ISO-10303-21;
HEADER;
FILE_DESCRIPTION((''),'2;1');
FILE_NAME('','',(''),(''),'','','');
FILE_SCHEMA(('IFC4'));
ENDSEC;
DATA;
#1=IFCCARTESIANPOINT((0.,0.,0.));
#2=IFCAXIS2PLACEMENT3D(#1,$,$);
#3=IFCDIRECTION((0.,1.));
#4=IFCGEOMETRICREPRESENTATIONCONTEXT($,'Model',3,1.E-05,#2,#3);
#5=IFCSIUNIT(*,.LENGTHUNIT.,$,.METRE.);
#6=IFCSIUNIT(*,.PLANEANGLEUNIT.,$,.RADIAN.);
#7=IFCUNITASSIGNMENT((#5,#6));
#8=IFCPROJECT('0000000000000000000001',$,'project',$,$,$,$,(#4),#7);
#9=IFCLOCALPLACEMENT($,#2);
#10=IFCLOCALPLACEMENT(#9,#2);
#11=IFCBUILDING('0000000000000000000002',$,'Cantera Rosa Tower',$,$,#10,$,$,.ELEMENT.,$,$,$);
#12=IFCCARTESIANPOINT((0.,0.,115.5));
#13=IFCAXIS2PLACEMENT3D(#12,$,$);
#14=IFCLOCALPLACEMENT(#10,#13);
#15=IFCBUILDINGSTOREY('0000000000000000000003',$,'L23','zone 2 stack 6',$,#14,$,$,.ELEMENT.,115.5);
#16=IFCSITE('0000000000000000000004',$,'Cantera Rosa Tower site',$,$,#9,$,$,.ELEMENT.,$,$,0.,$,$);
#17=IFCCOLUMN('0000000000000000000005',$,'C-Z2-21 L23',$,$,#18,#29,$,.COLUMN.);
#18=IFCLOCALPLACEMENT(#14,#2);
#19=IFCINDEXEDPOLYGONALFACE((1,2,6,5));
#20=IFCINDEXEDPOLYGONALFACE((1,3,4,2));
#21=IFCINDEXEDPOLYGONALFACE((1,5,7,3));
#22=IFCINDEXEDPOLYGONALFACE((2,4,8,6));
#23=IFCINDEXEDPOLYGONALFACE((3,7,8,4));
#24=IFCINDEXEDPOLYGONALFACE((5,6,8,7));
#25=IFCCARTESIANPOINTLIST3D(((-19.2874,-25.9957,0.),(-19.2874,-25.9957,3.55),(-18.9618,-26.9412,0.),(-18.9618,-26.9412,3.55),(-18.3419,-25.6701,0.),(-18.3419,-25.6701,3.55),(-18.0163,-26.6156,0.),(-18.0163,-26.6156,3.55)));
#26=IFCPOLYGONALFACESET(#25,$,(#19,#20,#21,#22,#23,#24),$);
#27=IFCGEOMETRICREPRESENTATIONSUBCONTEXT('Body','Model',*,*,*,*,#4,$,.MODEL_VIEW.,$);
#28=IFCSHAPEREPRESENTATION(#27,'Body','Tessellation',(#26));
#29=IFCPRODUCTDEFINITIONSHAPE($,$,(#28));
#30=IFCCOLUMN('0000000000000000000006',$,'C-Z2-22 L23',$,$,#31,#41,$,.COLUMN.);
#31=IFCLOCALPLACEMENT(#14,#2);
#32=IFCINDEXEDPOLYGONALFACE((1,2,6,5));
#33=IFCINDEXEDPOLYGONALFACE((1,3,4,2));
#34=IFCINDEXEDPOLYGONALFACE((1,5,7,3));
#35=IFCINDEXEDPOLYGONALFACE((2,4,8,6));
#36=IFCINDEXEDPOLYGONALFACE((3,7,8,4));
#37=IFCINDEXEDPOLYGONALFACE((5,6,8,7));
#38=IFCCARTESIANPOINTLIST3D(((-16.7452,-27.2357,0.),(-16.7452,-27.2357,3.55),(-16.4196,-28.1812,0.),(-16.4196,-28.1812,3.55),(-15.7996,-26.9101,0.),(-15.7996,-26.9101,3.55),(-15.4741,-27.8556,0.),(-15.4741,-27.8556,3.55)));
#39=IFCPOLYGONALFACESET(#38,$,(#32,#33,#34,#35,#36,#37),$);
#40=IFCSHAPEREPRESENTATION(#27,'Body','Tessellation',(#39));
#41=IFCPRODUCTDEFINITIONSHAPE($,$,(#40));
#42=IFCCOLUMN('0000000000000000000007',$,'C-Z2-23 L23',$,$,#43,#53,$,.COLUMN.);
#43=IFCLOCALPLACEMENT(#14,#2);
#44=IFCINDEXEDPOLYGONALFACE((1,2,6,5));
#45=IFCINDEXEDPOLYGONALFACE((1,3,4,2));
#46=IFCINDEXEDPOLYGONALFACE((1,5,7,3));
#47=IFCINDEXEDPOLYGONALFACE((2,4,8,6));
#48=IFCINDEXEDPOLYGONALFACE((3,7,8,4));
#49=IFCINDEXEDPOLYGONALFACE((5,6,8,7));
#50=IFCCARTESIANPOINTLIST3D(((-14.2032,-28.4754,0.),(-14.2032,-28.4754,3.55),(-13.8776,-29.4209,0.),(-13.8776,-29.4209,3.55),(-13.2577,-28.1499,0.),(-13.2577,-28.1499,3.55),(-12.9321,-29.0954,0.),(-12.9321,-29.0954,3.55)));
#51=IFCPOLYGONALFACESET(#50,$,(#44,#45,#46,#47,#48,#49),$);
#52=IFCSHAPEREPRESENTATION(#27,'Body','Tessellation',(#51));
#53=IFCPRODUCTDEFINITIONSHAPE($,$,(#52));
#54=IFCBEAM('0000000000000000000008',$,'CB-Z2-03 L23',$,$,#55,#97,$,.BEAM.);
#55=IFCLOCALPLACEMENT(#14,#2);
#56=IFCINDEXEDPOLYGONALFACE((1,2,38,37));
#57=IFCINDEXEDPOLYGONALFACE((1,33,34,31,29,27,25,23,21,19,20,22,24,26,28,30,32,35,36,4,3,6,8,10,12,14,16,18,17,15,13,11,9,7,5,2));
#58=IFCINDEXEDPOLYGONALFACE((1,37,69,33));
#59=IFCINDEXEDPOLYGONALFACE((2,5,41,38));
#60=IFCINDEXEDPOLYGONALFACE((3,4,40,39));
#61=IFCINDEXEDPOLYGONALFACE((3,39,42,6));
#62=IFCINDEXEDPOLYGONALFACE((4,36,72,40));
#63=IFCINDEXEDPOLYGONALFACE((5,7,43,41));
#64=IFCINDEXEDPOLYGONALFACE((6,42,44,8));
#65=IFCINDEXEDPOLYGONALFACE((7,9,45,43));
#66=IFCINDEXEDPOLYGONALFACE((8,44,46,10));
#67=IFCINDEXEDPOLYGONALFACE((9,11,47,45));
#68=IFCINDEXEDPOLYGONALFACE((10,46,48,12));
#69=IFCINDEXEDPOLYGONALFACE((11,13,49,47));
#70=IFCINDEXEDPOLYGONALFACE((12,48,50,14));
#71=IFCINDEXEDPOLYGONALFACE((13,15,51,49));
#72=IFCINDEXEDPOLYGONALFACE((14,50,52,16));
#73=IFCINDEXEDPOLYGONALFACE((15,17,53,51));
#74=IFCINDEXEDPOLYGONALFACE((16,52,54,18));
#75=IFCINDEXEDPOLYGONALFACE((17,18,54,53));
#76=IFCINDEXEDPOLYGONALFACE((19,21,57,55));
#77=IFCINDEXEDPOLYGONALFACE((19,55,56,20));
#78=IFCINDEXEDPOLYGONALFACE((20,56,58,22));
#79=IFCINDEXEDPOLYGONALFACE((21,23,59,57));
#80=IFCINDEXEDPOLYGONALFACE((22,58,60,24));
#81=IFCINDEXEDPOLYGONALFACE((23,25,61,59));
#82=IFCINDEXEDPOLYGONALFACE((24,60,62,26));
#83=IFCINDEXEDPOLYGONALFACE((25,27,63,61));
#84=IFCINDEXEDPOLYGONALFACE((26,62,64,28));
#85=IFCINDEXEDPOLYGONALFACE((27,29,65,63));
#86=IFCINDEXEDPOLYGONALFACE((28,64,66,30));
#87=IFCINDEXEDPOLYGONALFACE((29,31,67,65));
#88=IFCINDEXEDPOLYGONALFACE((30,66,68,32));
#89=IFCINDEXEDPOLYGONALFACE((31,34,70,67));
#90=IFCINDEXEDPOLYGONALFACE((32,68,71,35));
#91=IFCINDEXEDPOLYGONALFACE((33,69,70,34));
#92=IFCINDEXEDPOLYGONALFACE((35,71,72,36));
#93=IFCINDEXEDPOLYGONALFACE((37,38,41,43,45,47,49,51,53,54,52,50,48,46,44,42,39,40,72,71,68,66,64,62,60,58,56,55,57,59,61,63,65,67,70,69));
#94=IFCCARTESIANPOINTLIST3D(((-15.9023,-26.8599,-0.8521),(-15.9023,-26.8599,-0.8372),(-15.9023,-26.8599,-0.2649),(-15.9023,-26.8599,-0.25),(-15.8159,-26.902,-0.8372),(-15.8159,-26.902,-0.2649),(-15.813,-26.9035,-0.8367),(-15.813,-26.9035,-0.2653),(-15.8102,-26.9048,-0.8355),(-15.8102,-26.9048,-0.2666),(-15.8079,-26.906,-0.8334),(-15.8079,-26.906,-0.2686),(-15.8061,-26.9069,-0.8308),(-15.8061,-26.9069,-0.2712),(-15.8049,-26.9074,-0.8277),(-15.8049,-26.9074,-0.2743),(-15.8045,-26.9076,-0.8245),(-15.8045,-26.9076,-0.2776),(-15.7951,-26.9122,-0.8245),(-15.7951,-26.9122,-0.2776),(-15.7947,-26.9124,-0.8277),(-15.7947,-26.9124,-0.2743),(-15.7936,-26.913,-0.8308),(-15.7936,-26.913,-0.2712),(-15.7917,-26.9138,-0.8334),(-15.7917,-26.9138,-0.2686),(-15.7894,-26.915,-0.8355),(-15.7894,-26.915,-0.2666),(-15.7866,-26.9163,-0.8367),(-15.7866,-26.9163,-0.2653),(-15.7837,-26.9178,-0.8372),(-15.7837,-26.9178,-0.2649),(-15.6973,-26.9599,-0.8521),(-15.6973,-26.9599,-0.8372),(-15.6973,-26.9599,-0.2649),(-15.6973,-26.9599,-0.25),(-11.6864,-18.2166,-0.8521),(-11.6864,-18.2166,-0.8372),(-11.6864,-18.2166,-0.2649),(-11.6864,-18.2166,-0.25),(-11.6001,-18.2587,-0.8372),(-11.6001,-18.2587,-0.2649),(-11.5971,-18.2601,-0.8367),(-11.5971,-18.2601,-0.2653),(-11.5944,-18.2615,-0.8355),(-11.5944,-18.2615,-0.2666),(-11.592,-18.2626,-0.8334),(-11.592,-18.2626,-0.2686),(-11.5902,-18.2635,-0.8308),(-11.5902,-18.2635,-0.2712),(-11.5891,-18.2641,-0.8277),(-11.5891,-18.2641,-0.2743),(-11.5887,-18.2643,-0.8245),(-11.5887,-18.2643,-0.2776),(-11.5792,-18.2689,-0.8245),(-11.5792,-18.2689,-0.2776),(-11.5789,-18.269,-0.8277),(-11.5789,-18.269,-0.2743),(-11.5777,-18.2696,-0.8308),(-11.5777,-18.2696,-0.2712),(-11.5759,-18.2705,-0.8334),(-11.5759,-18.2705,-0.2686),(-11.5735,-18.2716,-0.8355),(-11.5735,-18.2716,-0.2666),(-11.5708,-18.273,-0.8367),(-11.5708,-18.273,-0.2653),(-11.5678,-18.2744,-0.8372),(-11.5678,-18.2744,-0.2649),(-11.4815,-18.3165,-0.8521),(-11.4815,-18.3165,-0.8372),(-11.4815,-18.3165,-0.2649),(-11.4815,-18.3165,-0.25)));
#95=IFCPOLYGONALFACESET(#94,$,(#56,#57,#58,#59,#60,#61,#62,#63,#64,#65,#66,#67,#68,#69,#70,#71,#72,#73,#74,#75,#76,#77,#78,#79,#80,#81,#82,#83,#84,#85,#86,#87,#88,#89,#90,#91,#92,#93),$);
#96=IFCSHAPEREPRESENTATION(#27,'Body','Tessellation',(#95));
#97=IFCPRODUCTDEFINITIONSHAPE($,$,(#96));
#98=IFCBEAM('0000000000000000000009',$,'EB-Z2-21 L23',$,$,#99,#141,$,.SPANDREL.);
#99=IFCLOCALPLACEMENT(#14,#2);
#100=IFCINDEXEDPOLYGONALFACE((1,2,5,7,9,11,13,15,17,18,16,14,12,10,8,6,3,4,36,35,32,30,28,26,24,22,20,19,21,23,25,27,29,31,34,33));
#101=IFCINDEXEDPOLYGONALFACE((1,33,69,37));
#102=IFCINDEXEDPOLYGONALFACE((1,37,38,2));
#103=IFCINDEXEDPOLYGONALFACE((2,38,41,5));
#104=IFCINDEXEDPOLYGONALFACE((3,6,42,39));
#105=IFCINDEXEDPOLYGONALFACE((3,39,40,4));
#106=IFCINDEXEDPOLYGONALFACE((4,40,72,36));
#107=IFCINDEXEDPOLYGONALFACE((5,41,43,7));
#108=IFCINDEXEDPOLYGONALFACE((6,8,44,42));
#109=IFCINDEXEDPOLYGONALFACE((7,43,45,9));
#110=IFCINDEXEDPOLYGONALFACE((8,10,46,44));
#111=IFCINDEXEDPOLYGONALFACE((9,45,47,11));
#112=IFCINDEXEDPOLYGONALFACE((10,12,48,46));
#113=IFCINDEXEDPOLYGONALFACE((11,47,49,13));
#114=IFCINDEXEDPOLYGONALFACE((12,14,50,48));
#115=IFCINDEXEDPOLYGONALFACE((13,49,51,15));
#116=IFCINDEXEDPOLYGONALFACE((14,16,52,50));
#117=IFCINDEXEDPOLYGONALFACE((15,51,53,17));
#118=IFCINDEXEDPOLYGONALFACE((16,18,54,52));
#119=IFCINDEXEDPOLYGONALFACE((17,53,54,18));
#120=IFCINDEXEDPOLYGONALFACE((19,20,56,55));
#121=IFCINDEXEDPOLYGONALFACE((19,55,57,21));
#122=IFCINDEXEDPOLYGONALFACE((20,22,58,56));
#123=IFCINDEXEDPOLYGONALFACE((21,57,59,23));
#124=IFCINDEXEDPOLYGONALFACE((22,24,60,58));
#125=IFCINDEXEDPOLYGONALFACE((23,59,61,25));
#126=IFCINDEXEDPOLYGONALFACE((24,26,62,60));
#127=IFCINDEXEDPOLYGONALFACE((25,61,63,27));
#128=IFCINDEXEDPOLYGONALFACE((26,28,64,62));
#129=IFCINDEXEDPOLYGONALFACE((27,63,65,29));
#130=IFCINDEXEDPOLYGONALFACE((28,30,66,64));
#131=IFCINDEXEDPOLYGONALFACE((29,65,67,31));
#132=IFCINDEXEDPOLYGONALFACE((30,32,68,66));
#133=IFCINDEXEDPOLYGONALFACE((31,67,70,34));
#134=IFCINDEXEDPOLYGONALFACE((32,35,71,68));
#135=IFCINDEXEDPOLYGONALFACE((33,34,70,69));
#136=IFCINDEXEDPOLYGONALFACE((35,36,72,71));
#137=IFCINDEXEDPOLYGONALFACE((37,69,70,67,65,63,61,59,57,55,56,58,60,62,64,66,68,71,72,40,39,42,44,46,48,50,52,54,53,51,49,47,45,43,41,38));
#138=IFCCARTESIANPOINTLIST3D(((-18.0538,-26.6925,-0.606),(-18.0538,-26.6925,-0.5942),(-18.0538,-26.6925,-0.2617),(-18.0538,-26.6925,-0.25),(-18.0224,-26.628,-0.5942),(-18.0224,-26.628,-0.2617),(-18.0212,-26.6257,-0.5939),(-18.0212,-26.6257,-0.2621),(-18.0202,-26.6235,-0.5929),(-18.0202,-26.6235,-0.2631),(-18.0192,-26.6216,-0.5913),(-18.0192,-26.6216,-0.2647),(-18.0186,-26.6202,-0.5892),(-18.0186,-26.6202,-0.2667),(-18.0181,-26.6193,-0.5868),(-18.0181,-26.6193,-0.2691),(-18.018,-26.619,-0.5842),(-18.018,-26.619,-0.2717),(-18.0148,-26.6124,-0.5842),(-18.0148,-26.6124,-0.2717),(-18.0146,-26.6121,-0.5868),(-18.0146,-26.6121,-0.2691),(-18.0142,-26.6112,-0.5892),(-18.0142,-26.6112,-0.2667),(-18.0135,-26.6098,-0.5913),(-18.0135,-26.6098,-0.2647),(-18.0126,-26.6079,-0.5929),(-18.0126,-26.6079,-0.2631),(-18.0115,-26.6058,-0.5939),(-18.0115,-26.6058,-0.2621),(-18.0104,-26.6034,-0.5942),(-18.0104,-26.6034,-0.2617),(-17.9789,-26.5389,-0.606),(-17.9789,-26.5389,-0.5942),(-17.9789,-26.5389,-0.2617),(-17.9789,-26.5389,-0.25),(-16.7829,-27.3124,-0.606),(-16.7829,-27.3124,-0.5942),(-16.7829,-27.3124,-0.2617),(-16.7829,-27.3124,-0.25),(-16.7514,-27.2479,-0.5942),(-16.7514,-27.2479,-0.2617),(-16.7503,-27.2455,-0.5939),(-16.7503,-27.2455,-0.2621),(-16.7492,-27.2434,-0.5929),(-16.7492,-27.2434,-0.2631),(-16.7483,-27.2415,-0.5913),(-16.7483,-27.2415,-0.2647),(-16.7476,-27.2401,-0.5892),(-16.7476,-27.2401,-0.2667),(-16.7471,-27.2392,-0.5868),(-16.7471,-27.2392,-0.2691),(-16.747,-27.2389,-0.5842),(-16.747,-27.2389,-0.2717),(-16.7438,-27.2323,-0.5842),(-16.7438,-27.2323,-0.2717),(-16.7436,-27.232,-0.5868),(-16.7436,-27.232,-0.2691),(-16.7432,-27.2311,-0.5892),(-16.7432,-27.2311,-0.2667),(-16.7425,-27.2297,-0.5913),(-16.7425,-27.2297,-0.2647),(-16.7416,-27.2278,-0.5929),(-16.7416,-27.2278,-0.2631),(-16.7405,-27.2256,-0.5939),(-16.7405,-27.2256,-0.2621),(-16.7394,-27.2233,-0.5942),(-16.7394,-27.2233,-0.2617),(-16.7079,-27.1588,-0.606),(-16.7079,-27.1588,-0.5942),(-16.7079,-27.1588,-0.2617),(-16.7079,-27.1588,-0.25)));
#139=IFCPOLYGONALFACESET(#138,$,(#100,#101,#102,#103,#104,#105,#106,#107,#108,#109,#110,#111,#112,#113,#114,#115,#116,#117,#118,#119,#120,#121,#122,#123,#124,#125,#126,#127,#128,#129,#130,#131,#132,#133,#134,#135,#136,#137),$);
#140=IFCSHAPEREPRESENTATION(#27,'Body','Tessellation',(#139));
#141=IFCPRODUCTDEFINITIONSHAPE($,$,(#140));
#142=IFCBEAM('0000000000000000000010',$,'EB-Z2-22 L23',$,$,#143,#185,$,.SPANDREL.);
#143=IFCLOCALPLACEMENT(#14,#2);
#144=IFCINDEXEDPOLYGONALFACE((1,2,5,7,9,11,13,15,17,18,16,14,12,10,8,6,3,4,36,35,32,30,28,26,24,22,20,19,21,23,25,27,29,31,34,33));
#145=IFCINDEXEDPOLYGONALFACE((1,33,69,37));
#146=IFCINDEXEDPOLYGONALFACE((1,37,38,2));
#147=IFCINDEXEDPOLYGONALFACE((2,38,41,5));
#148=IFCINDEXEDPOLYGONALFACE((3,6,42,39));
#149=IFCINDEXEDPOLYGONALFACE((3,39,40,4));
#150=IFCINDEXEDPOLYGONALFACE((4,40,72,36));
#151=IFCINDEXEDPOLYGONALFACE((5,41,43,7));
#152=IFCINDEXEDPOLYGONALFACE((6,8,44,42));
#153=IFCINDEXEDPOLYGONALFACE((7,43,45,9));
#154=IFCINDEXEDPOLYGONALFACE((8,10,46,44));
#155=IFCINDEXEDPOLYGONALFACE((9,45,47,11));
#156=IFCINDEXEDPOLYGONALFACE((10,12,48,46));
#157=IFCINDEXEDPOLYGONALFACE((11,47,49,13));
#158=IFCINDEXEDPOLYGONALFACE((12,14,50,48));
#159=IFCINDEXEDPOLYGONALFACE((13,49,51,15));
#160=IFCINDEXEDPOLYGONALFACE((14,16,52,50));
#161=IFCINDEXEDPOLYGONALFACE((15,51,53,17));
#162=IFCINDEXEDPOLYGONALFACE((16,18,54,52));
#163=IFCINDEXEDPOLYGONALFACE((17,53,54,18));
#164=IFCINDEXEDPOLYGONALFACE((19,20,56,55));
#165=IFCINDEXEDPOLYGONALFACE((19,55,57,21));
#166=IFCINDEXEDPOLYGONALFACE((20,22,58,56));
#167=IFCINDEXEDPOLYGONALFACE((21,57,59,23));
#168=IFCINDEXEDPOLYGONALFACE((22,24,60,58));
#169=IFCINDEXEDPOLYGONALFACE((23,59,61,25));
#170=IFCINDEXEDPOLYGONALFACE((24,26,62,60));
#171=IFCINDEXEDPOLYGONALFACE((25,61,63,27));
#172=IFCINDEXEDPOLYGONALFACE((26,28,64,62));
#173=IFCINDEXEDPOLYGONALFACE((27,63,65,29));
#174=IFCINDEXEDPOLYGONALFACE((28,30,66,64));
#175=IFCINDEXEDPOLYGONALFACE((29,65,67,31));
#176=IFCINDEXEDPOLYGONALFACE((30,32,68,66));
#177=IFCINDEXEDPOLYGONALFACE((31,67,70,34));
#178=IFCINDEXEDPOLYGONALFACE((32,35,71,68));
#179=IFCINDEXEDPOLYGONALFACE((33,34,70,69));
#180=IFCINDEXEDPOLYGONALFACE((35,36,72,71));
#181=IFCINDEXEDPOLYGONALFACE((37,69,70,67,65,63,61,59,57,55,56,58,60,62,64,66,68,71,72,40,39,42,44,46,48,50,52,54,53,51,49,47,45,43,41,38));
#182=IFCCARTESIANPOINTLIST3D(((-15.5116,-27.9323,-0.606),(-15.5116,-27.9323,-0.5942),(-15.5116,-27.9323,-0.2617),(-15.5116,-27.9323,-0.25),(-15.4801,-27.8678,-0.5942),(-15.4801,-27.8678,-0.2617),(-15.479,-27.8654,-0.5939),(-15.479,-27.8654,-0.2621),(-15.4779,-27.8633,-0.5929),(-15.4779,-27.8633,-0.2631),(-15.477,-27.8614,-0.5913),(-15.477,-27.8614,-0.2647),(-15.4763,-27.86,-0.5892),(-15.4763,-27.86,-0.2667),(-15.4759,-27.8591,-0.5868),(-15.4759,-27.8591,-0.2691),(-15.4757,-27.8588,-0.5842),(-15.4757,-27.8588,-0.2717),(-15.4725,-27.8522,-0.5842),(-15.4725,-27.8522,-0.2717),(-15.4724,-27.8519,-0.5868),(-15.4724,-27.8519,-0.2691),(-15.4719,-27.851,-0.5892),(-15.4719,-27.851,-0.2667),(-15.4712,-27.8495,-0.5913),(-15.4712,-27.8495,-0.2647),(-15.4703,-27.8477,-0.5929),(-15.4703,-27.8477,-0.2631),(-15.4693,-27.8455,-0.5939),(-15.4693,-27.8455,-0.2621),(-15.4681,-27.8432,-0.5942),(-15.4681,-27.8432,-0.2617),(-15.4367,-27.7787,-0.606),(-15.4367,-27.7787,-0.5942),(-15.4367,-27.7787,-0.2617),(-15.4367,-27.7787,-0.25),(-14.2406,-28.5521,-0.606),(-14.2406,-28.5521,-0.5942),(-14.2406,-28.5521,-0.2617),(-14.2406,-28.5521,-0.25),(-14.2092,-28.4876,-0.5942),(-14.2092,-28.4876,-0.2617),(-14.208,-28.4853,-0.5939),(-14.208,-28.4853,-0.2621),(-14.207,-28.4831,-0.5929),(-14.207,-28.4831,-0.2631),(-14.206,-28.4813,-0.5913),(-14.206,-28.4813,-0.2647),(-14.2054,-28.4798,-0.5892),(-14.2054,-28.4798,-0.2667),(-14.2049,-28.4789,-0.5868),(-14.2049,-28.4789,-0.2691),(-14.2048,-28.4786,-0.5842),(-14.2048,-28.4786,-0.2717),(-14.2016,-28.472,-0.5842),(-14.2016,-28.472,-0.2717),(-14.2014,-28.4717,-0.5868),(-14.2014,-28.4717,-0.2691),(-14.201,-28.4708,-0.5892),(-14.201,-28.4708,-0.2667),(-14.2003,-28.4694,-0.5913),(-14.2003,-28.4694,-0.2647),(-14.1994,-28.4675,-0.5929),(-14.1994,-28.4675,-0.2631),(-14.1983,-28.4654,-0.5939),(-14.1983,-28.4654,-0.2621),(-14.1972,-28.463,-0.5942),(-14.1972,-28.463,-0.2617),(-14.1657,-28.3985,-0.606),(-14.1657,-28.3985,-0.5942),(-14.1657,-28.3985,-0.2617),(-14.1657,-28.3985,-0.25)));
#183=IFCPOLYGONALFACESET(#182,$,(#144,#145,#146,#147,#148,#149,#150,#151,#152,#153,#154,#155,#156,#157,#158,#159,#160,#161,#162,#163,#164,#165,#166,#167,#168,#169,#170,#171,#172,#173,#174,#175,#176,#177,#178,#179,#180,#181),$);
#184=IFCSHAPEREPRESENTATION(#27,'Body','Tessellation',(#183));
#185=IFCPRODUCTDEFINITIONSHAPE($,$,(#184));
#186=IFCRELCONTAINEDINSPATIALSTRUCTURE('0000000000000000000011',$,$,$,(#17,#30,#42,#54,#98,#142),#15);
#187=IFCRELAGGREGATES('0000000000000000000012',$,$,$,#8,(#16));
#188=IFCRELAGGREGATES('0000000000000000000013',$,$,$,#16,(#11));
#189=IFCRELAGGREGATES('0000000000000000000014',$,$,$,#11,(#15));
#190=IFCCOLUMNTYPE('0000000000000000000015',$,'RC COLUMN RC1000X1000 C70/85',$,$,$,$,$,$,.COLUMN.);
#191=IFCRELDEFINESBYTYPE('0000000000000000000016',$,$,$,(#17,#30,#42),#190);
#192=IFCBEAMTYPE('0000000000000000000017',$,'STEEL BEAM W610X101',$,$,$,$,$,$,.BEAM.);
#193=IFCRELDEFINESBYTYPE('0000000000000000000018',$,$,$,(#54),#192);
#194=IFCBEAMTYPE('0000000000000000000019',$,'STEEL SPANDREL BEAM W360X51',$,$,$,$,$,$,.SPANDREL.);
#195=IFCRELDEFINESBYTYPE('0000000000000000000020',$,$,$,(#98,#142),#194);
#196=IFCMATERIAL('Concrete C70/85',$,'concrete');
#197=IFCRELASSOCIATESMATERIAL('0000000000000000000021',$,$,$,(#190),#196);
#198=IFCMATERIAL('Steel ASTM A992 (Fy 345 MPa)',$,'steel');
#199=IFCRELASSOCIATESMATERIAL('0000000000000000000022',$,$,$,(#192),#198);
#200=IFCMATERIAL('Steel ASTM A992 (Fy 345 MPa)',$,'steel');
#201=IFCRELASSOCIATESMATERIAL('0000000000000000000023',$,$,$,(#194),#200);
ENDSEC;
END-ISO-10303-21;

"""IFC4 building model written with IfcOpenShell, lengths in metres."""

from ifc_helpers import new_model, si_unit, direction, frame, origin, origin_2d, place, context, subcontext, project, spatial, rectangle, i_section, extrude, material, material_profile, profile_set, type_object, element, save


model = new_model("IFC4")

# Units and contexts
model_context = context("Model", 3, precision=1e-05, world=origin(), true_north=direction((0.0, 1.0)))
body_context = subcontext(model_context, "Body", "Model", "MODEL_VIEW")
ifc_project = project(units=[si_unit("LENGTHUNIT", "METRE"), si_unit("PLANEANGLEUNIT", "RADIAN")], contexts=[model_context])

# Site, building, storey
site_placement = place(None, origin())
site = spatial("IfcSite", under=ifc_project, at=site_placement, Name="Cantera Rosa Tower site", CompositionType="ELEMENT", RefElevation=0.0)
building_placement = place(site_placement, origin())
building = spatial("IfcBuilding", under=site, at=building_placement, Name="Cantera Rosa Tower", CompositionType="ELEMENT")
storey_placement = place(building_placement, frame((0.0, 0.0, 115.5)))
storey = spatial("IfcBuildingStorey", under=building, at=storey_placement, Name="L23", Description="zone 2 stack 6", CompositionType="ELEMENT", Elevation=115.5)

# Columns
ifc_material_1 = material(Name="Concrete C70/85", Category="concrete")
ifc_material_profile_1 = material_profile(ifc_material_1, rectangle(XDim=1.0, YDim=1.0, at=origin_2d()), Name="RC COLUMN RC1000X1000 C70/85")
ifc_profile_set_1 = profile_set([ifc_material_profile_1], Name="Concrete C70/85")
column_type = type_object("IfcColumnType", Name="RC COLUMN RC1000X1000 C70/85", PredefinedType="COLUMN", material=ifc_profile_set_1)
for number, where, z_axis, x_axis, name in (
    (1, (-18.6519, -26.3057, 0.0), (0.0, 0.0, 1.0), (0.945519, 0.325568, 0.0), "C-Z2-21 L23"),
    (2, (-16.1096, -27.5457, 0.0), (0.0, 0.0, 1.0), (0.945519, 0.325568, 0.0), "C-Z2-22 L23"),
    (3, (-13.5676, -28.7854, 0.0), (0.0, 0.0, 1.0), (0.945519, 0.325568, 0.0), "C-Z2-23 L23"),
):
    element("IfcColumn", number, at=place(storey_placement, frame(where, z_axis=z_axis, x_axis=x_axis)), inside=storey, type_object=column_type, Name=name, PredefinedType="COLUMN", context=body_context, shape_type="SweptSolid", body=[
        extrude(rectangle(XDim=1.0, YDim=1.0, at=origin_2d()), origin(), (0.0, 0.0, 1.0), 3.55),
    ])

# Beams
ifc_material_2 = material(Name="Steel ASTM A992 (Fy 345 MPa)", Category="steel")
ifc_material_profile_2 = material_profile(ifc_material_2, i_section(OverallWidth=0.228, OverallDepth=0.6021, WebThickness=0.0105, FlangeThickness=0.0149, FilletRadius=0.0127, at=origin_2d()), Name="W610X101")
ifc_profile_set_2 = profile_set([ifc_material_profile_2], Name="Steel ASTM A992 (Fy 345 MPa)")
beam_type_1 = type_object("IfcBeamType", Name="STEEL BEAM W610X101", PredefinedType="BEAM", material=ifc_profile_set_2)
beam_1_placement = place(storey_placement, frame((-15.7998, -26.9099, -0.551), z_axis=(0.438388, 0.898786, 0.0), x_axis=(-0.898786, 0.438388, 0.0)))
element("IfcBeam", 4, at=beam_1_placement, inside=storey, type_object=beam_type_1, Name="CB-Z2-03 L23", PredefinedType="BEAM", context=body_context, shape_type="SweptSolid", body=[
    extrude(i_section(OverallWidth=0.228, OverallDepth=0.6021, WebThickness=0.0105, FlangeThickness=0.0149, FilletRadius=0.0127, at=origin_2d()), origin(), (0.0, 0.0, 1.0), 9.6167),
])
ifc_material_3 = material(Name="Steel ASTM A992 (Fy 345 MPa)", Category="steel")
ifc_material_profile_3 = material_profile(ifc_material_3, i_section(OverallWidth=0.1709, OverallDepth=0.356, WebThickness=0.0073, FlangeThickness=0.0117, FilletRadius=0.01, at=origin_2d()), Name="W360X51")
ifc_profile_set_3 = profile_set([ifc_material_profile_3], Name="Steel ASTM A992 (Fy 345 MPa)")
beam_type_2 = type_object("IfcBeamType", Name="STEEL SPANDREL BEAM W360X51", PredefinedType="SPANDREL", material=ifc_profile_set_3)
for number, where, z_axis, x_axis, name in (
    (5, (-18.0164, -26.6157, -0.428), (0.898803, -0.438352, 0.0), (0.438352, 0.898803, 0.0), "EB-Z2-21 L23"),
    (6, (-15.4741, -27.8555, -0.428), (0.898803, -0.438352, 0.0), (0.438352, 0.898803, 0.0), "EB-Z2-22 L23"),
):
    element("IfcBeam", number, at=place(storey_placement, frame(where, z_axis=z_axis, x_axis=x_axis)), inside=storey, type_object=beam_type_2, Name=name, PredefinedType="SPANDREL", context=body_context, shape_type="SweptSolid", body=[
        extrude(i_section(OverallWidth=0.1709, OverallDepth=0.356, WebThickness=0.0073, FlangeThickness=0.0117, FilletRadius=0.01, at=origin_2d()), origin(), (0.0, 0.0, 1.0), 1.4141),
    ])

save(model, "model.ifc")
